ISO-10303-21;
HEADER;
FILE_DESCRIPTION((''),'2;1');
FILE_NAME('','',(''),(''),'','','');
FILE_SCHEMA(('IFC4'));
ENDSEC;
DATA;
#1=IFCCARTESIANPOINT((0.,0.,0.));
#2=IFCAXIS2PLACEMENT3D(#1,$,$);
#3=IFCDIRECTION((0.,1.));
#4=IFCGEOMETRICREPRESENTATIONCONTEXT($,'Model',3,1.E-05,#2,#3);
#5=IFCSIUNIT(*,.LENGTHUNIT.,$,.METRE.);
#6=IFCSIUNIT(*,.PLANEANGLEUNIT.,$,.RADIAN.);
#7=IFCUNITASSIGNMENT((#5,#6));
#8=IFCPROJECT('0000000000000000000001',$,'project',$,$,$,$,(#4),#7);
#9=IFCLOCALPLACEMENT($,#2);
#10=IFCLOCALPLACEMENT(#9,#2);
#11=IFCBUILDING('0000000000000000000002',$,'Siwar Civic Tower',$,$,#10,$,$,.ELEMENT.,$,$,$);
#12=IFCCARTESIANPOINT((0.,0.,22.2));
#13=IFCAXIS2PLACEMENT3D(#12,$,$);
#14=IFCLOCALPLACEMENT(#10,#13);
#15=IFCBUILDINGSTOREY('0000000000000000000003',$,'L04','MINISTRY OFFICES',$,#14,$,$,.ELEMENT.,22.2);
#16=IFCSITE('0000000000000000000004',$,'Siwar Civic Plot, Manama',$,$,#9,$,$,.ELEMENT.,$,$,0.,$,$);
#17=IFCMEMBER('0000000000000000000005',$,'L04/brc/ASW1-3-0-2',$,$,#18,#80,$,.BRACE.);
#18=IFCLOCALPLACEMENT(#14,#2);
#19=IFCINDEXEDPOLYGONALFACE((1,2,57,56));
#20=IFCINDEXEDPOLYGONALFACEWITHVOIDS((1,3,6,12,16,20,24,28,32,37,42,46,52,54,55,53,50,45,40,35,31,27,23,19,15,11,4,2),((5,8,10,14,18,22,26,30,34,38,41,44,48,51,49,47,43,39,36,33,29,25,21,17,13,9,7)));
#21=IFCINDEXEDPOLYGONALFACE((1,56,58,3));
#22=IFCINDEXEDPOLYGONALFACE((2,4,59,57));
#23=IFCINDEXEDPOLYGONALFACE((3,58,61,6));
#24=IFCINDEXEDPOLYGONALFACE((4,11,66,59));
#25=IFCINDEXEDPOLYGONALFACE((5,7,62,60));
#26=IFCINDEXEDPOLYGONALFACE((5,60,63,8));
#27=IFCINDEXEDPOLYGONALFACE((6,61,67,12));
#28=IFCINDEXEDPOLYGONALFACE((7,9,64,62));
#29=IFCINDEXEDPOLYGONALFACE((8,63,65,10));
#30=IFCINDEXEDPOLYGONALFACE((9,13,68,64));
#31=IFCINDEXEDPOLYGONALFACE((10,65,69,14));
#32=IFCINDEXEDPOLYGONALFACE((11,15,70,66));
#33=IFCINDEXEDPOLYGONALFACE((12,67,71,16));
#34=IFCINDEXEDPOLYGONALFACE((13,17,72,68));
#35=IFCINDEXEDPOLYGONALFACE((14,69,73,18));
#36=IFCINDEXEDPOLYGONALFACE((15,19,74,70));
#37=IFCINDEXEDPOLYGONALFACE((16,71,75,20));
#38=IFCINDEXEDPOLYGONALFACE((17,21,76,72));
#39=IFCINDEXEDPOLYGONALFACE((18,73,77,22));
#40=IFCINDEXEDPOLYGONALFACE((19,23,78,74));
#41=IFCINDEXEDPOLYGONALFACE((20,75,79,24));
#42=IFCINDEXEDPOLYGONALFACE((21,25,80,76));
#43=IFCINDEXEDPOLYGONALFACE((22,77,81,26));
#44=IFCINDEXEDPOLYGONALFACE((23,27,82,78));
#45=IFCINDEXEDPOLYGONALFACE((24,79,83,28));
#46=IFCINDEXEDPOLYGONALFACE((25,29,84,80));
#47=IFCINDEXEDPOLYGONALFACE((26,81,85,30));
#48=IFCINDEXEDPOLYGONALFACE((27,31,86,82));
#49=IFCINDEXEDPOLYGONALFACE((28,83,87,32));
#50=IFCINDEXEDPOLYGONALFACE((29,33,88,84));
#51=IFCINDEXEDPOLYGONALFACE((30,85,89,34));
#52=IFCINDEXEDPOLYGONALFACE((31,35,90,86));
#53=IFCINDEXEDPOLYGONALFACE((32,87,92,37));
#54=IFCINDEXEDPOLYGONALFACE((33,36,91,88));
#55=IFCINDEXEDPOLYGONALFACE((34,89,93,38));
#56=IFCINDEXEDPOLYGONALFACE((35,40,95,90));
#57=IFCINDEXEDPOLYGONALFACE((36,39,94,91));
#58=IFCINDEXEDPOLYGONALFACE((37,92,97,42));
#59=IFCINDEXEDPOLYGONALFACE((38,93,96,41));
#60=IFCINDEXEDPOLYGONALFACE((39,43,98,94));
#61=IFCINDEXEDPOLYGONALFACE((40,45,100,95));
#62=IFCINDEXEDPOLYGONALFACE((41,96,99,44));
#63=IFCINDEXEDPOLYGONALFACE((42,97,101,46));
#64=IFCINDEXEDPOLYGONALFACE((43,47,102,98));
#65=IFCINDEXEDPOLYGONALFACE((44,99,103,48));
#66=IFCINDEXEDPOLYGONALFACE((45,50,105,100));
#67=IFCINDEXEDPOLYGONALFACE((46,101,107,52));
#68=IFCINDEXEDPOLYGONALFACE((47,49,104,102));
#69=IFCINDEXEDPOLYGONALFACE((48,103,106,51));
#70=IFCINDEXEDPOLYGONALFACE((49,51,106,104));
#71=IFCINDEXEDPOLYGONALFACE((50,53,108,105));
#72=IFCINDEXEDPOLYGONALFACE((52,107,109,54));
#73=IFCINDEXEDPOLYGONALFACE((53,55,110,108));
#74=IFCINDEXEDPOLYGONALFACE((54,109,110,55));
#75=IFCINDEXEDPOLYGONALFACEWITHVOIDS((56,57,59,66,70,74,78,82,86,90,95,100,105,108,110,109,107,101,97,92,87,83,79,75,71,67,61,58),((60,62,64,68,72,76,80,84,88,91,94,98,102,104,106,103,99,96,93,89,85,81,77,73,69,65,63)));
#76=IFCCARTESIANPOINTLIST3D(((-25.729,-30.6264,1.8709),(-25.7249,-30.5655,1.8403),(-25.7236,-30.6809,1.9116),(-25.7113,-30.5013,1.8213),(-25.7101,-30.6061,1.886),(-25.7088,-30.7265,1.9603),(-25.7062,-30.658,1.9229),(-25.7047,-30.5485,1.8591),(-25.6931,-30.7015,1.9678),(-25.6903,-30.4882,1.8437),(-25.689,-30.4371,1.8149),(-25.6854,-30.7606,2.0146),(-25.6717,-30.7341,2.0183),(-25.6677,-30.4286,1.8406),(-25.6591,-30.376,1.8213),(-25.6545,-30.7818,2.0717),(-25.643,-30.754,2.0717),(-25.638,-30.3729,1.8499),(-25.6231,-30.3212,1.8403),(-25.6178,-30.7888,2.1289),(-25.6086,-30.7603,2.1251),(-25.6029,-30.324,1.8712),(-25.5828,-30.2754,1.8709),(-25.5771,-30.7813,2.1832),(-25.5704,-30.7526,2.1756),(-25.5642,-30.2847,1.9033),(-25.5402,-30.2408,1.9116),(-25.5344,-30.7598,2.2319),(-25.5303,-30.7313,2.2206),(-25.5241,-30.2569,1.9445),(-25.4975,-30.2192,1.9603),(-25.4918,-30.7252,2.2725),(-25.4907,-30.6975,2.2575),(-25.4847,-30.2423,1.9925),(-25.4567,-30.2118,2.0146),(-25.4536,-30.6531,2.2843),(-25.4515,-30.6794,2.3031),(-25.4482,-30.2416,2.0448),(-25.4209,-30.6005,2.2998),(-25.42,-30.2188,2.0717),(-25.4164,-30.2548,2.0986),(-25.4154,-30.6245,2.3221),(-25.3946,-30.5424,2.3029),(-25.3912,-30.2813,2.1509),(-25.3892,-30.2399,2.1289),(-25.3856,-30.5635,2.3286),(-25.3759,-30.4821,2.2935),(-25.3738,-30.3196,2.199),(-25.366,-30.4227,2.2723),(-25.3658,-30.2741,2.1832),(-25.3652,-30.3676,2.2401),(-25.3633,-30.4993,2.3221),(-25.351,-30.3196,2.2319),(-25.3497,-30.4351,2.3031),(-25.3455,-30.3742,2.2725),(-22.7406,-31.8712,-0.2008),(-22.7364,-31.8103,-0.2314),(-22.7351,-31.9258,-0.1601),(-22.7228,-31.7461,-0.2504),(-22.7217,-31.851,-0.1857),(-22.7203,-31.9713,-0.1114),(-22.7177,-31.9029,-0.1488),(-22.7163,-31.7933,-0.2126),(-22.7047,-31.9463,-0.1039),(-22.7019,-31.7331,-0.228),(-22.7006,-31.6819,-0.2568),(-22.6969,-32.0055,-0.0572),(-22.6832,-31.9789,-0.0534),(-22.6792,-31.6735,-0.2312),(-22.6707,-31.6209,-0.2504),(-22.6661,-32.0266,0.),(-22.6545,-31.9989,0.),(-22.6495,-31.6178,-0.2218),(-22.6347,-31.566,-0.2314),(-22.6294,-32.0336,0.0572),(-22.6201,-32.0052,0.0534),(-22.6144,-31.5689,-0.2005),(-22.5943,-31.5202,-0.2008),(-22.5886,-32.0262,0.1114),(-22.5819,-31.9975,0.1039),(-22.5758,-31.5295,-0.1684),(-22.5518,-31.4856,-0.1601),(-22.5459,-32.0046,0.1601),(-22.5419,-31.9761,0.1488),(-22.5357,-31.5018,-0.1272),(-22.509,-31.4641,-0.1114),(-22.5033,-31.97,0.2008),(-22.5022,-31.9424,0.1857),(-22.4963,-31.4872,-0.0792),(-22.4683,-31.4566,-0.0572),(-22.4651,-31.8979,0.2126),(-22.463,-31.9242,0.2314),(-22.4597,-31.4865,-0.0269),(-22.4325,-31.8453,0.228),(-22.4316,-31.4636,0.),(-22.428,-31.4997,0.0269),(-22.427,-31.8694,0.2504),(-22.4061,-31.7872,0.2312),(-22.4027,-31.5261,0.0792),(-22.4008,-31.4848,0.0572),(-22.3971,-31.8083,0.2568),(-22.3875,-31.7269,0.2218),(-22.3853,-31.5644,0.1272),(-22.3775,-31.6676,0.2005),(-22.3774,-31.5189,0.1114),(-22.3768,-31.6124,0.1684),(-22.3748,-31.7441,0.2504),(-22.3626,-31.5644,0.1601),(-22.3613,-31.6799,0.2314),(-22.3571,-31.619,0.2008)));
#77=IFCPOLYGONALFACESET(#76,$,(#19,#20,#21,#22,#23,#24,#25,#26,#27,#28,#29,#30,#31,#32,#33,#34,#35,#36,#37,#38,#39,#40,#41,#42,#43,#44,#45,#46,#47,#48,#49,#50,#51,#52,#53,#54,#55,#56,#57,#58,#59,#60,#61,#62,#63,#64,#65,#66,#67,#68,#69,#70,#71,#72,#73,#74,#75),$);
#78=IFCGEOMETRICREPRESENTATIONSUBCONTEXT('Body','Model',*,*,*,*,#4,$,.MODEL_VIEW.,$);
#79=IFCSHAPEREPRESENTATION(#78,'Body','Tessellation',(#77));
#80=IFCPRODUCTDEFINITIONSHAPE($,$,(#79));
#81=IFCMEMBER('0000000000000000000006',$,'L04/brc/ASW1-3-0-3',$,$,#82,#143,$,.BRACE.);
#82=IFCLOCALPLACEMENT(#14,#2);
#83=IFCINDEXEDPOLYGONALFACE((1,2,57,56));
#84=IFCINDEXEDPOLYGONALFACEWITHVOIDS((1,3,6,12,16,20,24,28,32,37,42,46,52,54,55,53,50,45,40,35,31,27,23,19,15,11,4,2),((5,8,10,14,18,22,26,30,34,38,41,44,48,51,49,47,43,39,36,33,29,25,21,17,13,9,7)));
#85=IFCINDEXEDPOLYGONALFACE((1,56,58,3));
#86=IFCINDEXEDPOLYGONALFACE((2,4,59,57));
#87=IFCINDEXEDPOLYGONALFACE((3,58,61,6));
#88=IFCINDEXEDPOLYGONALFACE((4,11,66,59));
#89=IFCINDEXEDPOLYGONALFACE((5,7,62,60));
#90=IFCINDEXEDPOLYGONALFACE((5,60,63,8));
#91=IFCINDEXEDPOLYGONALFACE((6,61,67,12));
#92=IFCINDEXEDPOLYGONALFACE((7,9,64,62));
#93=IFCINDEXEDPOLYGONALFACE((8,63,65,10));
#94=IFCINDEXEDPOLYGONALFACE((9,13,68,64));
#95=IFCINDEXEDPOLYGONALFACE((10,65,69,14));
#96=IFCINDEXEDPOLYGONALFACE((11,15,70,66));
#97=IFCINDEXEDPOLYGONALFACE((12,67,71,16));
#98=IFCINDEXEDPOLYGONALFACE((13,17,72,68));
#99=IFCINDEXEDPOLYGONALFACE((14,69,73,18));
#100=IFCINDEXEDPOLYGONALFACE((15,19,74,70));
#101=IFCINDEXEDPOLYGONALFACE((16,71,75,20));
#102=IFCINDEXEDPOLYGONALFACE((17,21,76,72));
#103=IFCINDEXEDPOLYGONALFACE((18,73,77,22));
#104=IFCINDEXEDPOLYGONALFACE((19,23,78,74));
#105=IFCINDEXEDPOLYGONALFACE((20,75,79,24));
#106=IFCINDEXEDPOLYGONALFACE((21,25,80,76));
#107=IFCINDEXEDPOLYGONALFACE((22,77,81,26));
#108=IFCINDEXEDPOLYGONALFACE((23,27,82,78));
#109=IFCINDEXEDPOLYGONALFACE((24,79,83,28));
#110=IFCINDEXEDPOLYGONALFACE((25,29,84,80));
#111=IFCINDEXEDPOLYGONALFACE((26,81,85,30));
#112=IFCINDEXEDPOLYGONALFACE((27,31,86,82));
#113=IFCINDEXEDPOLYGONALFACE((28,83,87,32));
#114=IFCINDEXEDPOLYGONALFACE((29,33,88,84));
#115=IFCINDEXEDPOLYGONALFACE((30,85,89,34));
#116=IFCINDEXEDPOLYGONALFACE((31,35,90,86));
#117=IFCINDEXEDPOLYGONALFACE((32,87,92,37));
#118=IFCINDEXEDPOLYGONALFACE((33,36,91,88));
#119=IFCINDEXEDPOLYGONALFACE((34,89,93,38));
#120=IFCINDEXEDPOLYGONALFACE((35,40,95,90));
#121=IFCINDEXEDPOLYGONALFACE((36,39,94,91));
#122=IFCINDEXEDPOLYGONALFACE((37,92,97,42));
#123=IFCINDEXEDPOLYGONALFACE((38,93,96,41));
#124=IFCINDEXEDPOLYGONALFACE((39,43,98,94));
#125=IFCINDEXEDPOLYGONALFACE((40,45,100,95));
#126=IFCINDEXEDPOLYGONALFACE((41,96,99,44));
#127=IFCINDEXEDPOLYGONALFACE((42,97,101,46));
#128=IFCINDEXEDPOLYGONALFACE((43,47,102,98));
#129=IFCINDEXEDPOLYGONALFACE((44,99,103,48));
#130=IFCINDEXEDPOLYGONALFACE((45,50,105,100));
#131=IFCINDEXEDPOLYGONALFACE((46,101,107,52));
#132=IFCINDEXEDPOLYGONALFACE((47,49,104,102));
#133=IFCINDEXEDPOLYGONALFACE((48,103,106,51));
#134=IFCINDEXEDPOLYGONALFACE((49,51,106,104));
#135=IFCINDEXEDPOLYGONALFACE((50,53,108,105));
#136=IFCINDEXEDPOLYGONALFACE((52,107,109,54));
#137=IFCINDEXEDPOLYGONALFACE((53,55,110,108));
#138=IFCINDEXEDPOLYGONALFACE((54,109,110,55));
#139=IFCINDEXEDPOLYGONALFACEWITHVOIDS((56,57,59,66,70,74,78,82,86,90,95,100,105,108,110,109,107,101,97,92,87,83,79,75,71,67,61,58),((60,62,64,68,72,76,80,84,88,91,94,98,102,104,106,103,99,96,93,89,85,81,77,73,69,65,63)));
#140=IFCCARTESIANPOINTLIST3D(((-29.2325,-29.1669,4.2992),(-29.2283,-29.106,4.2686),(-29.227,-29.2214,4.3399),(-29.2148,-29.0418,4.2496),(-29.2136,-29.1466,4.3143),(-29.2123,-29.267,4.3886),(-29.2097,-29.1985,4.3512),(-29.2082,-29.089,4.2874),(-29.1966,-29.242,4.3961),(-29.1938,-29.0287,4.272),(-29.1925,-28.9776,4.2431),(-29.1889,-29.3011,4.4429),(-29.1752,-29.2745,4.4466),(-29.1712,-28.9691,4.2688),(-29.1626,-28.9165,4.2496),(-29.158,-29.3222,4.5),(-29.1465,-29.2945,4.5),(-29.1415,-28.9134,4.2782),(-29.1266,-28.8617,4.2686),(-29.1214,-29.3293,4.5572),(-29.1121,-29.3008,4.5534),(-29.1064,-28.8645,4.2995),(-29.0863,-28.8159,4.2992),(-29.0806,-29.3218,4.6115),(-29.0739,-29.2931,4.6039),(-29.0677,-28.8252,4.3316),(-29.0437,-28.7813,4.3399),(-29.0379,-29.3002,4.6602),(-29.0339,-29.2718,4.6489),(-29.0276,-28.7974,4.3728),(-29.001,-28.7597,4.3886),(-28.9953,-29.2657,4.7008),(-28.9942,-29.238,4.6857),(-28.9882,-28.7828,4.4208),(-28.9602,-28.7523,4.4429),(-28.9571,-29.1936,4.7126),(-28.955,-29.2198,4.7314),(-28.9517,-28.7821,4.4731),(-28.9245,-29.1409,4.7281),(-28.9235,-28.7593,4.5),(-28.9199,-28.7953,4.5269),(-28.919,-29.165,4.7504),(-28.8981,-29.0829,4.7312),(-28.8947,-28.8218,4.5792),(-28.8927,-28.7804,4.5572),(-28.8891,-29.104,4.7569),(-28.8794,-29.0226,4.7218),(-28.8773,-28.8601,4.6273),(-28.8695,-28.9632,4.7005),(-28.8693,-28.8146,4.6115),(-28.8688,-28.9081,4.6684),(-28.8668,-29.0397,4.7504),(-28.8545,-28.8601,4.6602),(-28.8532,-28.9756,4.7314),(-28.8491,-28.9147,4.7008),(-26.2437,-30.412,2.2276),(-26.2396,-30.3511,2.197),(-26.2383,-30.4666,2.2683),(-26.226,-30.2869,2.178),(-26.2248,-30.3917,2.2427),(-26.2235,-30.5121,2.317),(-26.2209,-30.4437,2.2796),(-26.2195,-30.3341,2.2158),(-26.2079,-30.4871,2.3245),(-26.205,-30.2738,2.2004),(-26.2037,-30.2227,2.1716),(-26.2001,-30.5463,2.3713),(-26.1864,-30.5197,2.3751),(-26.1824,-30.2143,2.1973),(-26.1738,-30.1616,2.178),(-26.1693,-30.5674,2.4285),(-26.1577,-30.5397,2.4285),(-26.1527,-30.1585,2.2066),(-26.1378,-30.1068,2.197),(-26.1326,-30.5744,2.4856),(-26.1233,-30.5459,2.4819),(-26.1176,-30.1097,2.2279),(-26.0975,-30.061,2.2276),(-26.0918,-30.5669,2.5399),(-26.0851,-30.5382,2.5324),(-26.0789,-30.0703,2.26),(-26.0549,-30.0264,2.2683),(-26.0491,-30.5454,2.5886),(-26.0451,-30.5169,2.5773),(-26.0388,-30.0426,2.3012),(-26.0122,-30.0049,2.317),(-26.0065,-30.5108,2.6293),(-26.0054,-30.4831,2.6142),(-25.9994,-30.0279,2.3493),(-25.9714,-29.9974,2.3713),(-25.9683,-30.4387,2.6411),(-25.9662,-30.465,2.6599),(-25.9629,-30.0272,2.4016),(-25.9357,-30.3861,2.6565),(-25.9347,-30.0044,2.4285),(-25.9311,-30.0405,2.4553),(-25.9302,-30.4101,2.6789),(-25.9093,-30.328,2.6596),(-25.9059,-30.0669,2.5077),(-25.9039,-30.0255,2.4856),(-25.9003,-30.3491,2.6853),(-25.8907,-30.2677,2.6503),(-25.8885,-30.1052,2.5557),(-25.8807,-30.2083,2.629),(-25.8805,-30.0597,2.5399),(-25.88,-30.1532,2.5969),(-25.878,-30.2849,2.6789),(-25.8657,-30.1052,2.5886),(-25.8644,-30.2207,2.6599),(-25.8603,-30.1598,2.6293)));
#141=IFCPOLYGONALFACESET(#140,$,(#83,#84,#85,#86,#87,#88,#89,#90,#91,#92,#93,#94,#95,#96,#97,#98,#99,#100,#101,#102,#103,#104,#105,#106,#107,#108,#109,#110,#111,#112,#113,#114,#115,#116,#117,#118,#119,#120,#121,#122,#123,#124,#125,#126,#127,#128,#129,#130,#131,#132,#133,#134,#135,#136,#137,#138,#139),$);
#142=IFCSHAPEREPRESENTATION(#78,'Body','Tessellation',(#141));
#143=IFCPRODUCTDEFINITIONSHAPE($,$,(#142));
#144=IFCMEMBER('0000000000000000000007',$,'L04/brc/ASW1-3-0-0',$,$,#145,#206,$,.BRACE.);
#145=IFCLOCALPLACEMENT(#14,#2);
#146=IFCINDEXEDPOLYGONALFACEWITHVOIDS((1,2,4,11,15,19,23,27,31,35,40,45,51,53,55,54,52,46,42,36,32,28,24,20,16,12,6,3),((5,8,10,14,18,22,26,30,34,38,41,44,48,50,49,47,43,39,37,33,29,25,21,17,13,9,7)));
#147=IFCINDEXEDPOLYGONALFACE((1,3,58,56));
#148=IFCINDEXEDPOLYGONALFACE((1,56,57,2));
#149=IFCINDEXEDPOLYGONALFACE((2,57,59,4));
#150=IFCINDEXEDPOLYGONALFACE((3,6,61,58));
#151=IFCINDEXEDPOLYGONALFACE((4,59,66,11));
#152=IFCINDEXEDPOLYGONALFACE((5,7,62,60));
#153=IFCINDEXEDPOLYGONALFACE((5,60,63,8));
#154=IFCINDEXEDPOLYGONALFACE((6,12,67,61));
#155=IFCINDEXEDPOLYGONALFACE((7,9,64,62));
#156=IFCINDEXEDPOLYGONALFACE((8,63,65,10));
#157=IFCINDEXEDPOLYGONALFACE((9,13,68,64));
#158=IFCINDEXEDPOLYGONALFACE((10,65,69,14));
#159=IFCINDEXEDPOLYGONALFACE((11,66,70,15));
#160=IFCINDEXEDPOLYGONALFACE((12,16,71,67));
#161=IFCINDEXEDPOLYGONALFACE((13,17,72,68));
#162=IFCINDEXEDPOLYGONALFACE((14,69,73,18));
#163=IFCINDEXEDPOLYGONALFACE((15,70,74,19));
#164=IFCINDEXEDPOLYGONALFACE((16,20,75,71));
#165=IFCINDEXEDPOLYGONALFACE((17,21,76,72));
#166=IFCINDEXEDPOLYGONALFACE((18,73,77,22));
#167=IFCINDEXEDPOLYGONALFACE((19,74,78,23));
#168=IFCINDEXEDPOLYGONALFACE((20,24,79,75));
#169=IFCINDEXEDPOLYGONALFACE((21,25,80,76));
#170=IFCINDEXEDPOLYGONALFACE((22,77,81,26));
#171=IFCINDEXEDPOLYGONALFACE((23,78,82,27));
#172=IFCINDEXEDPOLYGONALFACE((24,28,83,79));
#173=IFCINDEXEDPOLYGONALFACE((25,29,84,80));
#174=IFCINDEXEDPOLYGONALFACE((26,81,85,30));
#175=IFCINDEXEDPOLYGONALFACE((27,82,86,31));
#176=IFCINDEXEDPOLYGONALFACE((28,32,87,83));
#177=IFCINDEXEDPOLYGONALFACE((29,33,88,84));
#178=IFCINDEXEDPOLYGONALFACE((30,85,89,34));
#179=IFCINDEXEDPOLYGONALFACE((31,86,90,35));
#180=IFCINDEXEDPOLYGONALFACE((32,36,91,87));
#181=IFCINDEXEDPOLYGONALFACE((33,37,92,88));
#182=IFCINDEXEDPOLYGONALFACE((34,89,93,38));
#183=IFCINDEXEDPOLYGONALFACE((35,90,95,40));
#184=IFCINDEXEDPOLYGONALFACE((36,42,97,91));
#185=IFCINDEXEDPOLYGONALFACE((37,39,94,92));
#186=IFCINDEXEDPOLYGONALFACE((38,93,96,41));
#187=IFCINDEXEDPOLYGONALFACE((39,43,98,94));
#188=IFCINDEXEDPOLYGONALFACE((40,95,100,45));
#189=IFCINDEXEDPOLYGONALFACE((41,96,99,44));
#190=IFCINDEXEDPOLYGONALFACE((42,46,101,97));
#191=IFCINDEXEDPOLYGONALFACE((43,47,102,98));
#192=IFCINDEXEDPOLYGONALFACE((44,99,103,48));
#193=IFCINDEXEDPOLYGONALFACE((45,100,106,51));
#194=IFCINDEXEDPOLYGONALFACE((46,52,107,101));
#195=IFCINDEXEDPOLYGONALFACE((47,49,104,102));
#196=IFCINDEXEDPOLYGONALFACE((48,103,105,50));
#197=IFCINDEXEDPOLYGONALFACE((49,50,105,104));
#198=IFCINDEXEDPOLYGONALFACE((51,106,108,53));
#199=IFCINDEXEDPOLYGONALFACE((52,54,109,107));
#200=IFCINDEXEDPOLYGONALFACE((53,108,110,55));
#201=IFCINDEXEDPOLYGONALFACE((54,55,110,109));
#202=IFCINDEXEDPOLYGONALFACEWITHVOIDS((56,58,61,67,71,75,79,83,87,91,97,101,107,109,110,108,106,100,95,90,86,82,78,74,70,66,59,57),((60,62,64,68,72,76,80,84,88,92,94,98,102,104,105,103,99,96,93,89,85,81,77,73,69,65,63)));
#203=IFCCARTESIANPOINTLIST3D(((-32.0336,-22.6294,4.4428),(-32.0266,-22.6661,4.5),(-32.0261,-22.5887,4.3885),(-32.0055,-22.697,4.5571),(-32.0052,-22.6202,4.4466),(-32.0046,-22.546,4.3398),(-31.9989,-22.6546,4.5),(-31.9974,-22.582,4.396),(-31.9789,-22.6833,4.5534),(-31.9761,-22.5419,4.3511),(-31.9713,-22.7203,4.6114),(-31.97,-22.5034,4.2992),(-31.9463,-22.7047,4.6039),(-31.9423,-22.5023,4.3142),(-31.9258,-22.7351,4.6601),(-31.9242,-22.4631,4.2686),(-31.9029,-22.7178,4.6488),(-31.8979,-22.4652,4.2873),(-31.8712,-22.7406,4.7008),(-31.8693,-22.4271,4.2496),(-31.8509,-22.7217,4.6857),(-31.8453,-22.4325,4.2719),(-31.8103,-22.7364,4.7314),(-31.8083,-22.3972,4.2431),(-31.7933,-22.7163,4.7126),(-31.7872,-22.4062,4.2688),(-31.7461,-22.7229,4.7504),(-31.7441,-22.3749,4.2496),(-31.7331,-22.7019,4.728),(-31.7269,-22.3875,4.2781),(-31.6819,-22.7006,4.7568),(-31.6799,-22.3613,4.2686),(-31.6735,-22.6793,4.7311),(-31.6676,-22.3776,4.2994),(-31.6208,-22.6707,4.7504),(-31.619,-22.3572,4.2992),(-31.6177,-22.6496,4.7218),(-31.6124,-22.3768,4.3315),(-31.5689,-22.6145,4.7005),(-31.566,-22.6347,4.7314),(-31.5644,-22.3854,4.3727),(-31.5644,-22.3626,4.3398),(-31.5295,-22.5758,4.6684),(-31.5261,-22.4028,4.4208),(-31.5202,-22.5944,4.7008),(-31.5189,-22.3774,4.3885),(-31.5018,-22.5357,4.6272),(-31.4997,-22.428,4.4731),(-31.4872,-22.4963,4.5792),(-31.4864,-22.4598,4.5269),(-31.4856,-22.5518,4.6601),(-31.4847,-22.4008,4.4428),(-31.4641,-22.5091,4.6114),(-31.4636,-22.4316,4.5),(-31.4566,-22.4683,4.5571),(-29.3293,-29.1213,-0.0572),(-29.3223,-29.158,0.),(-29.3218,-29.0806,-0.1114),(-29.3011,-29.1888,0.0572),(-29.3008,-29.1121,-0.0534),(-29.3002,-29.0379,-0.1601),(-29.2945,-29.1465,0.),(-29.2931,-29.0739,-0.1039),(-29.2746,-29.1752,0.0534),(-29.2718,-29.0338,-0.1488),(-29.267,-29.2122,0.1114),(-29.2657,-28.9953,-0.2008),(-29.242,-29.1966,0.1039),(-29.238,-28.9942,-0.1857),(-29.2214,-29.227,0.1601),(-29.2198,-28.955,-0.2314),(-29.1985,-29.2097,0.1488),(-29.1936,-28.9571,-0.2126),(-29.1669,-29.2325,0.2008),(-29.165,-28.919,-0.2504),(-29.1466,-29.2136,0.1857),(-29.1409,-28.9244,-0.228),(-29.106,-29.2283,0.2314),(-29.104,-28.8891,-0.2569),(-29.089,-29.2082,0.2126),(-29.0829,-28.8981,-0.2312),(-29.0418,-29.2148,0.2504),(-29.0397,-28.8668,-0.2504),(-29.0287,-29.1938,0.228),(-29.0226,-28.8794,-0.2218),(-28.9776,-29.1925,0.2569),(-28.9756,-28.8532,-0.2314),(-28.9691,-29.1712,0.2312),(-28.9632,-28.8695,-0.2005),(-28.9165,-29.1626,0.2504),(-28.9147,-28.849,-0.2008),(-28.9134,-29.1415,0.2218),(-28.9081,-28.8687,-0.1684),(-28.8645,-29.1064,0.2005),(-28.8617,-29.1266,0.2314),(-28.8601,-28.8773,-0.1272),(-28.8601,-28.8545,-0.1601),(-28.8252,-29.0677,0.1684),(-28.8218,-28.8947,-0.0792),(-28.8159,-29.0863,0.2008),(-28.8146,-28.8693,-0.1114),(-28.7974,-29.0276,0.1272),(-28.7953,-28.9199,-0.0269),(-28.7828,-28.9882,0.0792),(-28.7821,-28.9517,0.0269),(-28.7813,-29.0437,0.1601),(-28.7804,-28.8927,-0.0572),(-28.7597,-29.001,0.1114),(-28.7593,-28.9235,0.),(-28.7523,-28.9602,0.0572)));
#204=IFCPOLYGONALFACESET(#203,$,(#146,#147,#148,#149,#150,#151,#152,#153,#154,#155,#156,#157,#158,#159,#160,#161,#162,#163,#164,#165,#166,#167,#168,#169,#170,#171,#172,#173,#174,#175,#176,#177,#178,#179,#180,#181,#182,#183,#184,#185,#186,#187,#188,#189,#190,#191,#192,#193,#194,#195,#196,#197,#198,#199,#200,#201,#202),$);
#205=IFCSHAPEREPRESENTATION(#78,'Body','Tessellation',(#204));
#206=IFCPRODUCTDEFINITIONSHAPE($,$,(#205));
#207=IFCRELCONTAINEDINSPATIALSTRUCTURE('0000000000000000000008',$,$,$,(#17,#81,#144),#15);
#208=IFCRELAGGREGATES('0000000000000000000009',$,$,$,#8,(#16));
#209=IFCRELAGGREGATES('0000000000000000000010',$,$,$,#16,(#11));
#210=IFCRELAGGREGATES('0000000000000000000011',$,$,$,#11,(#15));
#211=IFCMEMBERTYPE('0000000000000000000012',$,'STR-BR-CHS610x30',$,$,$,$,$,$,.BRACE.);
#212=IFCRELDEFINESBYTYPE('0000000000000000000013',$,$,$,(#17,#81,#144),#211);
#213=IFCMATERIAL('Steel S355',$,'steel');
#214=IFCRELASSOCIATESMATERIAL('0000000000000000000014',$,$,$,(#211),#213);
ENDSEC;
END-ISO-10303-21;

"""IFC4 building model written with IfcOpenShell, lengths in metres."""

from ifc_helpers import new_model, si_unit, direction, frame, origin, origin_2d, place, context, subcontext, project, spatial, hollow_circle, extrude, material, material_profile, profile_set, type_object, element, save


model = new_model("IFC4")

# Units and contexts
model_context = context("Model", 3, precision=1e-05, world=origin(), true_north=direction((0.0, 1.0)))
body_context = subcontext(model_context, "Body", "Model", "MODEL_VIEW")
ifc_project = project(units=[si_unit("LENGTHUNIT", "METRE"), si_unit("PLANEANGLEUNIT", "RADIAN")], contexts=[model_context])

# Site, building, storey
site_placement = place(None, origin())
site = spatial("IfcSite", under=ifc_project, at=site_placement, Name="Siwar Civic Plot, Manama", CompositionType="ELEMENT", RefElevation=0.0)
building_placement = place(site_placement, origin())
building = spatial("IfcBuilding", under=site, at=building_placement, Name="Siwar Civic Tower", CompositionType="ELEMENT")
storey_placement = place(building_placement, frame((0.0, 0.0, 22.2)))
storey = spatial("IfcBuildingStorey", under=building, at=storey_placement, Name="L04", Description="MINISTRY OFFICES", CompositionType="ELEMENT", Elevation=22.2)

# Members
ifc_material_1 = material(Name="Steel S355", Category="steel")
ifc_material_profile_1 = material_profile(ifc_material_1, hollow_circle(Radius=0.3049, WallThickness=0.03, at=origin_2d()), Name="CHS610x30")
ifc_profile_set_1 = profile_set([ifc_material_profile_1], Name="Steel S355")
member_type_1 = type_object("IfcMemberType", Name="STR-BR-CHS610x30", PredefinedType="BRACE", material=ifc_profile_set_1)
member_1_placement = place(storey_placement, frame((-22.5488, -31.7451, 0.0), z_axis=(-0.777533, 0.323882, 0.53902), x_axis=(-0.384524, -0.923115, 0.0)))
element("IfcMember", 1, at=member_1_placement, inside=storey, type_object=member_type_1, Name="L04/brc/ASW1-3-0-2", PredefinedType="BRACE", context=body_context, shape_type="SweptSolid", body=[
    extrude(hollow_circle(Radius=0.3049, WallThickness=0.03, at=origin_2d()), origin(), (0.0, 0.0, 1.0), 3.8435),
])
member_2_placement = place(storey_placement, frame((-26.052, -30.2859, 2.4285), z_axis=(-0.777569, 0.323934, 0.538937), x_axis=(-0.384562, -0.923099, 0.0)))
element("IfcMember", 2, at=member_2_placement, inside=storey, type_object=member_type_1, Name="L04/brc/ASW1-3-0-3", PredefinedType="BRACE", context=body_context, shape_type="SweptSolid", body=[
    extrude(hollow_circle(Radius=0.3049, WallThickness=0.03, at=origin_2d()), origin(), (0.0, 0.0, 1.0), 3.8438),
])
member_3_placement = place(storey_placement, frame((-29.0408, -29.0408, 0.0), z_axis=(-0.323906, 0.777555, 0.538975), x_axis=(-0.923109, -0.384539, 0.0)))
element("IfcMember", 3, at=member_3_placement, inside=storey, type_object=member_type_1, Name="L04/brc/ASW1-3-0-0", PredefinedType="BRACE", context=body_context, shape_type="SweptSolid", body=[
    extrude(hollow_circle(Radius=0.3049, WallThickness=0.03, at=origin_2d()), origin(), (0.0, 0.0, 1.0), 8.3491),
])

save(model, "model.ifc")
